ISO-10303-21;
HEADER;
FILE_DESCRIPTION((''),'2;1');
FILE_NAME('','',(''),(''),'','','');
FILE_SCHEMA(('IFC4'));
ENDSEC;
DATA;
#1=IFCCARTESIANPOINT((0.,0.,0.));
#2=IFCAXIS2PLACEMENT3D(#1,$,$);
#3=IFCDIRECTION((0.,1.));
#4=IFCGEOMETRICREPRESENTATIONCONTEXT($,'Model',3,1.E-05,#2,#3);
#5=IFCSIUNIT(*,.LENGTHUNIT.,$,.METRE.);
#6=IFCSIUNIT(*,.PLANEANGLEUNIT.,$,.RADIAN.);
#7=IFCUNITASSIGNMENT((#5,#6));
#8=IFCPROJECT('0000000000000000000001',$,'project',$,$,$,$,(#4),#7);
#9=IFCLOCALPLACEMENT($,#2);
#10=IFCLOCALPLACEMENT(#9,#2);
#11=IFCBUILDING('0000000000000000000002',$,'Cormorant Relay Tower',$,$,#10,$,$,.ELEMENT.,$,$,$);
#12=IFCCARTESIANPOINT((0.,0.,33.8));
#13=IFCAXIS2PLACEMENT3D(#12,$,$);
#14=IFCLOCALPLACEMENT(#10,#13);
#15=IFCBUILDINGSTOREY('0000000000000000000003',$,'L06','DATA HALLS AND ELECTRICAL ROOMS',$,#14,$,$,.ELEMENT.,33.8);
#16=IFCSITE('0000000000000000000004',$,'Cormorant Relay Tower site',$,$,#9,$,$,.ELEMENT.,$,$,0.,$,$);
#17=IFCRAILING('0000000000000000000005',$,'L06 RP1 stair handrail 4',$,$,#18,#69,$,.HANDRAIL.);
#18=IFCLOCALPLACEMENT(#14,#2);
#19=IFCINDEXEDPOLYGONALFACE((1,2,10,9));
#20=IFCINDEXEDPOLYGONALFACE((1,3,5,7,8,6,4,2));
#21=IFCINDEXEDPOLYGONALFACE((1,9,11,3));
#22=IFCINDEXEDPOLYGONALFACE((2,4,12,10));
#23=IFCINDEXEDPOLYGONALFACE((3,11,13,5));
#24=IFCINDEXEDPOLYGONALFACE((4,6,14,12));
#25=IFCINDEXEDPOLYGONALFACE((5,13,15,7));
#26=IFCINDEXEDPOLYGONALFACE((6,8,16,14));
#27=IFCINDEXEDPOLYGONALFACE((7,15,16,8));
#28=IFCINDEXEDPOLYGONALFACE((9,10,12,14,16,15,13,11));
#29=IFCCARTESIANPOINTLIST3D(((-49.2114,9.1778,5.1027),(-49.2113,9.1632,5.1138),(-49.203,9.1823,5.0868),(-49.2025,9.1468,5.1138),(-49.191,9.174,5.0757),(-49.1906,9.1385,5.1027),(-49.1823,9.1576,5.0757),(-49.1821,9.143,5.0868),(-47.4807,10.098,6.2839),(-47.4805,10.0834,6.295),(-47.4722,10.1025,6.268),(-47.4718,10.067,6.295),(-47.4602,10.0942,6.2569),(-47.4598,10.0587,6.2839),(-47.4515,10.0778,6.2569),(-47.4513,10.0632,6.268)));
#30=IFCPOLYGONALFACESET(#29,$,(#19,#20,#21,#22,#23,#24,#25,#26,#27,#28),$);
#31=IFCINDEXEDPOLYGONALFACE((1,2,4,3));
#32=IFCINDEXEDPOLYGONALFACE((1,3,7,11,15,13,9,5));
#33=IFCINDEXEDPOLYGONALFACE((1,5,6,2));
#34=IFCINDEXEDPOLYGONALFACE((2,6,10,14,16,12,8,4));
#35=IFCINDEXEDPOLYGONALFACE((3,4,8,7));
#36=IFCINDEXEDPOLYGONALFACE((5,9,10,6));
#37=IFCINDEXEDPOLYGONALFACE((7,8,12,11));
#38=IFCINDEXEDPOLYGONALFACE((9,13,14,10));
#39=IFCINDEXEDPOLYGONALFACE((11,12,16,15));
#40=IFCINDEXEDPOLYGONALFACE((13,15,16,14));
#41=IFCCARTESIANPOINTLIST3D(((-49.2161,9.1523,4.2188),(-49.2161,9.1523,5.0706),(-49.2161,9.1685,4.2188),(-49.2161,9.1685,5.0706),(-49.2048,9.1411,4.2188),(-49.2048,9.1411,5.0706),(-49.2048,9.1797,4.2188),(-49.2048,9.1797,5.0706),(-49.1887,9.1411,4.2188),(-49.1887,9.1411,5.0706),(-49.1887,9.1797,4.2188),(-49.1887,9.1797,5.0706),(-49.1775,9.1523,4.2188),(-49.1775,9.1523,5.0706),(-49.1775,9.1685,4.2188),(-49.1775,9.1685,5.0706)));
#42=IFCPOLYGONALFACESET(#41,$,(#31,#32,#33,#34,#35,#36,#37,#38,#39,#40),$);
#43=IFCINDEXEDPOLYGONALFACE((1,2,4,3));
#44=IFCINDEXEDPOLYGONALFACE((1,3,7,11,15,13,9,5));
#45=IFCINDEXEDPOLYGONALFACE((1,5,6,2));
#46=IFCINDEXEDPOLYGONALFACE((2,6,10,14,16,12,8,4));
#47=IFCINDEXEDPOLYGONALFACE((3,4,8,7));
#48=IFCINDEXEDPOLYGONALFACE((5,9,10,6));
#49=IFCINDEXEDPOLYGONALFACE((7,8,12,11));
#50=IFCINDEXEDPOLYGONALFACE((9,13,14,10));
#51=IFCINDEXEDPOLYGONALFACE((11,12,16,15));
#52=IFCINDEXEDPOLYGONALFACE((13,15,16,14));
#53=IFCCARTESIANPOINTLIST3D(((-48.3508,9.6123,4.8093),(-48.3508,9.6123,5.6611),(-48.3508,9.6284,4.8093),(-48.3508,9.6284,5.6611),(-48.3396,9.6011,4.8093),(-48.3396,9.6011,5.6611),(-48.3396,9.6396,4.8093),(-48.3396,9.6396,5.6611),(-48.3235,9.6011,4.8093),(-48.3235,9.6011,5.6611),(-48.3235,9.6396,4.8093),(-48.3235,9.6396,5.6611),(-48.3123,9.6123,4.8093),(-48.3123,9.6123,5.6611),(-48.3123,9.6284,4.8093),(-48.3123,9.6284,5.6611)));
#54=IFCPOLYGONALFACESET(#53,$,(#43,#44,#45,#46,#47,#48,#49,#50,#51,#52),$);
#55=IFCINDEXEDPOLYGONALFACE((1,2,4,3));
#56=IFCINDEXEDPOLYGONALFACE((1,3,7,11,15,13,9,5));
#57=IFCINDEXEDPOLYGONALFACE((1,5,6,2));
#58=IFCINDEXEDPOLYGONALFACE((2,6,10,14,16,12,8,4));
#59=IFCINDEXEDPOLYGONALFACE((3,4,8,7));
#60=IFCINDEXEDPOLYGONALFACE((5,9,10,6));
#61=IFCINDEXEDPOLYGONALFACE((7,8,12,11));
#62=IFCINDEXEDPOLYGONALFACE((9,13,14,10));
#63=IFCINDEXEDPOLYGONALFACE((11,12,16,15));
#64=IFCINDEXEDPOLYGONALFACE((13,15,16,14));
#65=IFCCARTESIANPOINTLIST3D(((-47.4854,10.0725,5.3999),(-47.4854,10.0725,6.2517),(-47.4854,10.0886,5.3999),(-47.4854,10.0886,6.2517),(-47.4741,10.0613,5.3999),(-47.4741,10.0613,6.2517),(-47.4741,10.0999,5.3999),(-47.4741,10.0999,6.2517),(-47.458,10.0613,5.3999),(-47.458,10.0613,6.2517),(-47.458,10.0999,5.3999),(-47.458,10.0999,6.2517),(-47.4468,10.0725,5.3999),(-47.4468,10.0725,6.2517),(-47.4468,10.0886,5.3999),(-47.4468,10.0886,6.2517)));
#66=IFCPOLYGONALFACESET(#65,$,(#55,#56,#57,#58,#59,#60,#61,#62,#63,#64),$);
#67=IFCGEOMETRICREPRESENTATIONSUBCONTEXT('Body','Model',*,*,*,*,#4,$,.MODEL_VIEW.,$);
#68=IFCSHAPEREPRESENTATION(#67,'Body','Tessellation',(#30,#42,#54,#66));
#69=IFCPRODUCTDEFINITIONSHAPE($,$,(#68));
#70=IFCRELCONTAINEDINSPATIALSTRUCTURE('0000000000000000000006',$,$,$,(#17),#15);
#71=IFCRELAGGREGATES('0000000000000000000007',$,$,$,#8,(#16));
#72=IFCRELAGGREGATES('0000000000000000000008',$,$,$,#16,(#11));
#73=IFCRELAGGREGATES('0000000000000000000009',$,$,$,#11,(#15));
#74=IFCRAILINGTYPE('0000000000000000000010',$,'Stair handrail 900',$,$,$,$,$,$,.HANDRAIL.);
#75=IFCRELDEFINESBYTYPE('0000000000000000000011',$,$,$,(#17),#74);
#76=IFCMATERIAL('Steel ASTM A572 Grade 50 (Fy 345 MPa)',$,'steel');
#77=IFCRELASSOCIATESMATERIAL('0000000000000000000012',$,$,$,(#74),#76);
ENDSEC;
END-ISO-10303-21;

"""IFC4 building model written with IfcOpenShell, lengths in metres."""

from ifc_helpers import new_model, si_unit, direction, frame, origin, place, context, subcontext, project, spatial, polyline, outline, extrude, material, type_object, element, save


model = new_model("IFC4")

# Units and contexts
model_context = context("Model", 3, precision=1e-05, world=origin(), true_north=direction((0.0, 1.0)))
body_context = subcontext(model_context, "Body", "Model", "MODEL_VIEW")
ifc_project = project(units=[si_unit("LENGTHUNIT", "METRE"), si_unit("PLANEANGLEUNIT", "RADIAN")], contexts=[model_context])

# Site, building, storey
site_placement = place(None, origin())
site = spatial("IfcSite", under=ifc_project, at=site_placement, Name="Cormorant Relay Tower site", CompositionType="ELEMENT", RefElevation=0.0)
building_placement = place(site_placement, origin())
building = spatial("IfcBuilding", under=site, at=building_placement, Name="Cormorant Relay Tower", CompositionType="ELEMENT")
storey_placement = place(building_placement, frame((0.0, 0.0, 33.8)))
storey = spatial("IfcBuildingStorey", under=building, at=storey_placement, Name="L06", Description="DATA HALLS AND ELECTRICAL ROOMS", CompositionType="ELEMENT", Elevation=33.8)

# Railing
ifc_material_1 = material(Name="Steel ASTM A572 Grade 50 (Fy 345 MPa)", Category="steel")
railing_type_1 = type_object("IfcRailingType", Name="Stair handrail 900", PredefinedType="HANDRAIL", material=ifc_material_1)
for number, where, name in (
    (1, (-49.1968, 9.1604, 4.2188), "L06 RP1 stair handrail 4"),
):
    element("IfcRailing", number, at=place(storey_placement, frame(where)), inside=storey, type_object=railing_type_1, Name=name, PredefinedType="HANDRAIL", context=body_context, shape_type="SweptSolid", body=[
        extrude(outline(polyline([(0.0222, 0.0093), (0.0093, 0.0222), (-0.0093, 0.0222), (-0.0222, 0.0093), (-0.0222, -0.0093), (-0.0093, -0.0222), (0.0093, -0.0222), (0.0222, -0.0093), (0.0222, 0.0093)])), frame((0.0, 0.0, 0.876), z_axis=(0.756268, 0.402084, 0.516127), x_axis=(-0.469444, 0.882962, 0.0)), (0.0, 0.0, 1.0), 2.2886),
        extrude(outline(polyline([(0.0193, 0.0081), (0.0081, 0.0193), (-0.0081, 0.0193), (-0.0193, 0.0081), (-0.0193, -0.0081), (-0.0081, -0.0193), (0.0081, -0.0193), (0.0193, -0.0081), (0.0193, 0.0081)])), origin(), (0.0, 0.0, 1.0), 0.8518),
        extrude(outline(polyline([(0.0193, 0.0081), (0.0081, 0.0193), (-0.0081, 0.0193), (-0.0193, 0.0081), (-0.0193, -0.0081), (-0.0081, -0.0193), (0.0081, -0.0193), (0.0193, -0.0081), (0.0193, 0.0081)])), frame((0.8652, 0.46, 0.5906)), (0.0, 0.0, 1.0), 0.8518),
        extrude(outline(polyline([(0.0193, 0.0081), (0.0081, 0.0193), (-0.0081, 0.0193), (-0.0193, 0.0081), (-0.0193, -0.0081), (-0.0081, -0.0193), (0.0081, -0.0193), (0.0193, -0.0081), (0.0193, 0.0081)])), frame((1.7307, 0.9202, 1.1812)), (0.0, 0.0, 1.0), 0.8518),
    ])

save(model, "model.ifc")
